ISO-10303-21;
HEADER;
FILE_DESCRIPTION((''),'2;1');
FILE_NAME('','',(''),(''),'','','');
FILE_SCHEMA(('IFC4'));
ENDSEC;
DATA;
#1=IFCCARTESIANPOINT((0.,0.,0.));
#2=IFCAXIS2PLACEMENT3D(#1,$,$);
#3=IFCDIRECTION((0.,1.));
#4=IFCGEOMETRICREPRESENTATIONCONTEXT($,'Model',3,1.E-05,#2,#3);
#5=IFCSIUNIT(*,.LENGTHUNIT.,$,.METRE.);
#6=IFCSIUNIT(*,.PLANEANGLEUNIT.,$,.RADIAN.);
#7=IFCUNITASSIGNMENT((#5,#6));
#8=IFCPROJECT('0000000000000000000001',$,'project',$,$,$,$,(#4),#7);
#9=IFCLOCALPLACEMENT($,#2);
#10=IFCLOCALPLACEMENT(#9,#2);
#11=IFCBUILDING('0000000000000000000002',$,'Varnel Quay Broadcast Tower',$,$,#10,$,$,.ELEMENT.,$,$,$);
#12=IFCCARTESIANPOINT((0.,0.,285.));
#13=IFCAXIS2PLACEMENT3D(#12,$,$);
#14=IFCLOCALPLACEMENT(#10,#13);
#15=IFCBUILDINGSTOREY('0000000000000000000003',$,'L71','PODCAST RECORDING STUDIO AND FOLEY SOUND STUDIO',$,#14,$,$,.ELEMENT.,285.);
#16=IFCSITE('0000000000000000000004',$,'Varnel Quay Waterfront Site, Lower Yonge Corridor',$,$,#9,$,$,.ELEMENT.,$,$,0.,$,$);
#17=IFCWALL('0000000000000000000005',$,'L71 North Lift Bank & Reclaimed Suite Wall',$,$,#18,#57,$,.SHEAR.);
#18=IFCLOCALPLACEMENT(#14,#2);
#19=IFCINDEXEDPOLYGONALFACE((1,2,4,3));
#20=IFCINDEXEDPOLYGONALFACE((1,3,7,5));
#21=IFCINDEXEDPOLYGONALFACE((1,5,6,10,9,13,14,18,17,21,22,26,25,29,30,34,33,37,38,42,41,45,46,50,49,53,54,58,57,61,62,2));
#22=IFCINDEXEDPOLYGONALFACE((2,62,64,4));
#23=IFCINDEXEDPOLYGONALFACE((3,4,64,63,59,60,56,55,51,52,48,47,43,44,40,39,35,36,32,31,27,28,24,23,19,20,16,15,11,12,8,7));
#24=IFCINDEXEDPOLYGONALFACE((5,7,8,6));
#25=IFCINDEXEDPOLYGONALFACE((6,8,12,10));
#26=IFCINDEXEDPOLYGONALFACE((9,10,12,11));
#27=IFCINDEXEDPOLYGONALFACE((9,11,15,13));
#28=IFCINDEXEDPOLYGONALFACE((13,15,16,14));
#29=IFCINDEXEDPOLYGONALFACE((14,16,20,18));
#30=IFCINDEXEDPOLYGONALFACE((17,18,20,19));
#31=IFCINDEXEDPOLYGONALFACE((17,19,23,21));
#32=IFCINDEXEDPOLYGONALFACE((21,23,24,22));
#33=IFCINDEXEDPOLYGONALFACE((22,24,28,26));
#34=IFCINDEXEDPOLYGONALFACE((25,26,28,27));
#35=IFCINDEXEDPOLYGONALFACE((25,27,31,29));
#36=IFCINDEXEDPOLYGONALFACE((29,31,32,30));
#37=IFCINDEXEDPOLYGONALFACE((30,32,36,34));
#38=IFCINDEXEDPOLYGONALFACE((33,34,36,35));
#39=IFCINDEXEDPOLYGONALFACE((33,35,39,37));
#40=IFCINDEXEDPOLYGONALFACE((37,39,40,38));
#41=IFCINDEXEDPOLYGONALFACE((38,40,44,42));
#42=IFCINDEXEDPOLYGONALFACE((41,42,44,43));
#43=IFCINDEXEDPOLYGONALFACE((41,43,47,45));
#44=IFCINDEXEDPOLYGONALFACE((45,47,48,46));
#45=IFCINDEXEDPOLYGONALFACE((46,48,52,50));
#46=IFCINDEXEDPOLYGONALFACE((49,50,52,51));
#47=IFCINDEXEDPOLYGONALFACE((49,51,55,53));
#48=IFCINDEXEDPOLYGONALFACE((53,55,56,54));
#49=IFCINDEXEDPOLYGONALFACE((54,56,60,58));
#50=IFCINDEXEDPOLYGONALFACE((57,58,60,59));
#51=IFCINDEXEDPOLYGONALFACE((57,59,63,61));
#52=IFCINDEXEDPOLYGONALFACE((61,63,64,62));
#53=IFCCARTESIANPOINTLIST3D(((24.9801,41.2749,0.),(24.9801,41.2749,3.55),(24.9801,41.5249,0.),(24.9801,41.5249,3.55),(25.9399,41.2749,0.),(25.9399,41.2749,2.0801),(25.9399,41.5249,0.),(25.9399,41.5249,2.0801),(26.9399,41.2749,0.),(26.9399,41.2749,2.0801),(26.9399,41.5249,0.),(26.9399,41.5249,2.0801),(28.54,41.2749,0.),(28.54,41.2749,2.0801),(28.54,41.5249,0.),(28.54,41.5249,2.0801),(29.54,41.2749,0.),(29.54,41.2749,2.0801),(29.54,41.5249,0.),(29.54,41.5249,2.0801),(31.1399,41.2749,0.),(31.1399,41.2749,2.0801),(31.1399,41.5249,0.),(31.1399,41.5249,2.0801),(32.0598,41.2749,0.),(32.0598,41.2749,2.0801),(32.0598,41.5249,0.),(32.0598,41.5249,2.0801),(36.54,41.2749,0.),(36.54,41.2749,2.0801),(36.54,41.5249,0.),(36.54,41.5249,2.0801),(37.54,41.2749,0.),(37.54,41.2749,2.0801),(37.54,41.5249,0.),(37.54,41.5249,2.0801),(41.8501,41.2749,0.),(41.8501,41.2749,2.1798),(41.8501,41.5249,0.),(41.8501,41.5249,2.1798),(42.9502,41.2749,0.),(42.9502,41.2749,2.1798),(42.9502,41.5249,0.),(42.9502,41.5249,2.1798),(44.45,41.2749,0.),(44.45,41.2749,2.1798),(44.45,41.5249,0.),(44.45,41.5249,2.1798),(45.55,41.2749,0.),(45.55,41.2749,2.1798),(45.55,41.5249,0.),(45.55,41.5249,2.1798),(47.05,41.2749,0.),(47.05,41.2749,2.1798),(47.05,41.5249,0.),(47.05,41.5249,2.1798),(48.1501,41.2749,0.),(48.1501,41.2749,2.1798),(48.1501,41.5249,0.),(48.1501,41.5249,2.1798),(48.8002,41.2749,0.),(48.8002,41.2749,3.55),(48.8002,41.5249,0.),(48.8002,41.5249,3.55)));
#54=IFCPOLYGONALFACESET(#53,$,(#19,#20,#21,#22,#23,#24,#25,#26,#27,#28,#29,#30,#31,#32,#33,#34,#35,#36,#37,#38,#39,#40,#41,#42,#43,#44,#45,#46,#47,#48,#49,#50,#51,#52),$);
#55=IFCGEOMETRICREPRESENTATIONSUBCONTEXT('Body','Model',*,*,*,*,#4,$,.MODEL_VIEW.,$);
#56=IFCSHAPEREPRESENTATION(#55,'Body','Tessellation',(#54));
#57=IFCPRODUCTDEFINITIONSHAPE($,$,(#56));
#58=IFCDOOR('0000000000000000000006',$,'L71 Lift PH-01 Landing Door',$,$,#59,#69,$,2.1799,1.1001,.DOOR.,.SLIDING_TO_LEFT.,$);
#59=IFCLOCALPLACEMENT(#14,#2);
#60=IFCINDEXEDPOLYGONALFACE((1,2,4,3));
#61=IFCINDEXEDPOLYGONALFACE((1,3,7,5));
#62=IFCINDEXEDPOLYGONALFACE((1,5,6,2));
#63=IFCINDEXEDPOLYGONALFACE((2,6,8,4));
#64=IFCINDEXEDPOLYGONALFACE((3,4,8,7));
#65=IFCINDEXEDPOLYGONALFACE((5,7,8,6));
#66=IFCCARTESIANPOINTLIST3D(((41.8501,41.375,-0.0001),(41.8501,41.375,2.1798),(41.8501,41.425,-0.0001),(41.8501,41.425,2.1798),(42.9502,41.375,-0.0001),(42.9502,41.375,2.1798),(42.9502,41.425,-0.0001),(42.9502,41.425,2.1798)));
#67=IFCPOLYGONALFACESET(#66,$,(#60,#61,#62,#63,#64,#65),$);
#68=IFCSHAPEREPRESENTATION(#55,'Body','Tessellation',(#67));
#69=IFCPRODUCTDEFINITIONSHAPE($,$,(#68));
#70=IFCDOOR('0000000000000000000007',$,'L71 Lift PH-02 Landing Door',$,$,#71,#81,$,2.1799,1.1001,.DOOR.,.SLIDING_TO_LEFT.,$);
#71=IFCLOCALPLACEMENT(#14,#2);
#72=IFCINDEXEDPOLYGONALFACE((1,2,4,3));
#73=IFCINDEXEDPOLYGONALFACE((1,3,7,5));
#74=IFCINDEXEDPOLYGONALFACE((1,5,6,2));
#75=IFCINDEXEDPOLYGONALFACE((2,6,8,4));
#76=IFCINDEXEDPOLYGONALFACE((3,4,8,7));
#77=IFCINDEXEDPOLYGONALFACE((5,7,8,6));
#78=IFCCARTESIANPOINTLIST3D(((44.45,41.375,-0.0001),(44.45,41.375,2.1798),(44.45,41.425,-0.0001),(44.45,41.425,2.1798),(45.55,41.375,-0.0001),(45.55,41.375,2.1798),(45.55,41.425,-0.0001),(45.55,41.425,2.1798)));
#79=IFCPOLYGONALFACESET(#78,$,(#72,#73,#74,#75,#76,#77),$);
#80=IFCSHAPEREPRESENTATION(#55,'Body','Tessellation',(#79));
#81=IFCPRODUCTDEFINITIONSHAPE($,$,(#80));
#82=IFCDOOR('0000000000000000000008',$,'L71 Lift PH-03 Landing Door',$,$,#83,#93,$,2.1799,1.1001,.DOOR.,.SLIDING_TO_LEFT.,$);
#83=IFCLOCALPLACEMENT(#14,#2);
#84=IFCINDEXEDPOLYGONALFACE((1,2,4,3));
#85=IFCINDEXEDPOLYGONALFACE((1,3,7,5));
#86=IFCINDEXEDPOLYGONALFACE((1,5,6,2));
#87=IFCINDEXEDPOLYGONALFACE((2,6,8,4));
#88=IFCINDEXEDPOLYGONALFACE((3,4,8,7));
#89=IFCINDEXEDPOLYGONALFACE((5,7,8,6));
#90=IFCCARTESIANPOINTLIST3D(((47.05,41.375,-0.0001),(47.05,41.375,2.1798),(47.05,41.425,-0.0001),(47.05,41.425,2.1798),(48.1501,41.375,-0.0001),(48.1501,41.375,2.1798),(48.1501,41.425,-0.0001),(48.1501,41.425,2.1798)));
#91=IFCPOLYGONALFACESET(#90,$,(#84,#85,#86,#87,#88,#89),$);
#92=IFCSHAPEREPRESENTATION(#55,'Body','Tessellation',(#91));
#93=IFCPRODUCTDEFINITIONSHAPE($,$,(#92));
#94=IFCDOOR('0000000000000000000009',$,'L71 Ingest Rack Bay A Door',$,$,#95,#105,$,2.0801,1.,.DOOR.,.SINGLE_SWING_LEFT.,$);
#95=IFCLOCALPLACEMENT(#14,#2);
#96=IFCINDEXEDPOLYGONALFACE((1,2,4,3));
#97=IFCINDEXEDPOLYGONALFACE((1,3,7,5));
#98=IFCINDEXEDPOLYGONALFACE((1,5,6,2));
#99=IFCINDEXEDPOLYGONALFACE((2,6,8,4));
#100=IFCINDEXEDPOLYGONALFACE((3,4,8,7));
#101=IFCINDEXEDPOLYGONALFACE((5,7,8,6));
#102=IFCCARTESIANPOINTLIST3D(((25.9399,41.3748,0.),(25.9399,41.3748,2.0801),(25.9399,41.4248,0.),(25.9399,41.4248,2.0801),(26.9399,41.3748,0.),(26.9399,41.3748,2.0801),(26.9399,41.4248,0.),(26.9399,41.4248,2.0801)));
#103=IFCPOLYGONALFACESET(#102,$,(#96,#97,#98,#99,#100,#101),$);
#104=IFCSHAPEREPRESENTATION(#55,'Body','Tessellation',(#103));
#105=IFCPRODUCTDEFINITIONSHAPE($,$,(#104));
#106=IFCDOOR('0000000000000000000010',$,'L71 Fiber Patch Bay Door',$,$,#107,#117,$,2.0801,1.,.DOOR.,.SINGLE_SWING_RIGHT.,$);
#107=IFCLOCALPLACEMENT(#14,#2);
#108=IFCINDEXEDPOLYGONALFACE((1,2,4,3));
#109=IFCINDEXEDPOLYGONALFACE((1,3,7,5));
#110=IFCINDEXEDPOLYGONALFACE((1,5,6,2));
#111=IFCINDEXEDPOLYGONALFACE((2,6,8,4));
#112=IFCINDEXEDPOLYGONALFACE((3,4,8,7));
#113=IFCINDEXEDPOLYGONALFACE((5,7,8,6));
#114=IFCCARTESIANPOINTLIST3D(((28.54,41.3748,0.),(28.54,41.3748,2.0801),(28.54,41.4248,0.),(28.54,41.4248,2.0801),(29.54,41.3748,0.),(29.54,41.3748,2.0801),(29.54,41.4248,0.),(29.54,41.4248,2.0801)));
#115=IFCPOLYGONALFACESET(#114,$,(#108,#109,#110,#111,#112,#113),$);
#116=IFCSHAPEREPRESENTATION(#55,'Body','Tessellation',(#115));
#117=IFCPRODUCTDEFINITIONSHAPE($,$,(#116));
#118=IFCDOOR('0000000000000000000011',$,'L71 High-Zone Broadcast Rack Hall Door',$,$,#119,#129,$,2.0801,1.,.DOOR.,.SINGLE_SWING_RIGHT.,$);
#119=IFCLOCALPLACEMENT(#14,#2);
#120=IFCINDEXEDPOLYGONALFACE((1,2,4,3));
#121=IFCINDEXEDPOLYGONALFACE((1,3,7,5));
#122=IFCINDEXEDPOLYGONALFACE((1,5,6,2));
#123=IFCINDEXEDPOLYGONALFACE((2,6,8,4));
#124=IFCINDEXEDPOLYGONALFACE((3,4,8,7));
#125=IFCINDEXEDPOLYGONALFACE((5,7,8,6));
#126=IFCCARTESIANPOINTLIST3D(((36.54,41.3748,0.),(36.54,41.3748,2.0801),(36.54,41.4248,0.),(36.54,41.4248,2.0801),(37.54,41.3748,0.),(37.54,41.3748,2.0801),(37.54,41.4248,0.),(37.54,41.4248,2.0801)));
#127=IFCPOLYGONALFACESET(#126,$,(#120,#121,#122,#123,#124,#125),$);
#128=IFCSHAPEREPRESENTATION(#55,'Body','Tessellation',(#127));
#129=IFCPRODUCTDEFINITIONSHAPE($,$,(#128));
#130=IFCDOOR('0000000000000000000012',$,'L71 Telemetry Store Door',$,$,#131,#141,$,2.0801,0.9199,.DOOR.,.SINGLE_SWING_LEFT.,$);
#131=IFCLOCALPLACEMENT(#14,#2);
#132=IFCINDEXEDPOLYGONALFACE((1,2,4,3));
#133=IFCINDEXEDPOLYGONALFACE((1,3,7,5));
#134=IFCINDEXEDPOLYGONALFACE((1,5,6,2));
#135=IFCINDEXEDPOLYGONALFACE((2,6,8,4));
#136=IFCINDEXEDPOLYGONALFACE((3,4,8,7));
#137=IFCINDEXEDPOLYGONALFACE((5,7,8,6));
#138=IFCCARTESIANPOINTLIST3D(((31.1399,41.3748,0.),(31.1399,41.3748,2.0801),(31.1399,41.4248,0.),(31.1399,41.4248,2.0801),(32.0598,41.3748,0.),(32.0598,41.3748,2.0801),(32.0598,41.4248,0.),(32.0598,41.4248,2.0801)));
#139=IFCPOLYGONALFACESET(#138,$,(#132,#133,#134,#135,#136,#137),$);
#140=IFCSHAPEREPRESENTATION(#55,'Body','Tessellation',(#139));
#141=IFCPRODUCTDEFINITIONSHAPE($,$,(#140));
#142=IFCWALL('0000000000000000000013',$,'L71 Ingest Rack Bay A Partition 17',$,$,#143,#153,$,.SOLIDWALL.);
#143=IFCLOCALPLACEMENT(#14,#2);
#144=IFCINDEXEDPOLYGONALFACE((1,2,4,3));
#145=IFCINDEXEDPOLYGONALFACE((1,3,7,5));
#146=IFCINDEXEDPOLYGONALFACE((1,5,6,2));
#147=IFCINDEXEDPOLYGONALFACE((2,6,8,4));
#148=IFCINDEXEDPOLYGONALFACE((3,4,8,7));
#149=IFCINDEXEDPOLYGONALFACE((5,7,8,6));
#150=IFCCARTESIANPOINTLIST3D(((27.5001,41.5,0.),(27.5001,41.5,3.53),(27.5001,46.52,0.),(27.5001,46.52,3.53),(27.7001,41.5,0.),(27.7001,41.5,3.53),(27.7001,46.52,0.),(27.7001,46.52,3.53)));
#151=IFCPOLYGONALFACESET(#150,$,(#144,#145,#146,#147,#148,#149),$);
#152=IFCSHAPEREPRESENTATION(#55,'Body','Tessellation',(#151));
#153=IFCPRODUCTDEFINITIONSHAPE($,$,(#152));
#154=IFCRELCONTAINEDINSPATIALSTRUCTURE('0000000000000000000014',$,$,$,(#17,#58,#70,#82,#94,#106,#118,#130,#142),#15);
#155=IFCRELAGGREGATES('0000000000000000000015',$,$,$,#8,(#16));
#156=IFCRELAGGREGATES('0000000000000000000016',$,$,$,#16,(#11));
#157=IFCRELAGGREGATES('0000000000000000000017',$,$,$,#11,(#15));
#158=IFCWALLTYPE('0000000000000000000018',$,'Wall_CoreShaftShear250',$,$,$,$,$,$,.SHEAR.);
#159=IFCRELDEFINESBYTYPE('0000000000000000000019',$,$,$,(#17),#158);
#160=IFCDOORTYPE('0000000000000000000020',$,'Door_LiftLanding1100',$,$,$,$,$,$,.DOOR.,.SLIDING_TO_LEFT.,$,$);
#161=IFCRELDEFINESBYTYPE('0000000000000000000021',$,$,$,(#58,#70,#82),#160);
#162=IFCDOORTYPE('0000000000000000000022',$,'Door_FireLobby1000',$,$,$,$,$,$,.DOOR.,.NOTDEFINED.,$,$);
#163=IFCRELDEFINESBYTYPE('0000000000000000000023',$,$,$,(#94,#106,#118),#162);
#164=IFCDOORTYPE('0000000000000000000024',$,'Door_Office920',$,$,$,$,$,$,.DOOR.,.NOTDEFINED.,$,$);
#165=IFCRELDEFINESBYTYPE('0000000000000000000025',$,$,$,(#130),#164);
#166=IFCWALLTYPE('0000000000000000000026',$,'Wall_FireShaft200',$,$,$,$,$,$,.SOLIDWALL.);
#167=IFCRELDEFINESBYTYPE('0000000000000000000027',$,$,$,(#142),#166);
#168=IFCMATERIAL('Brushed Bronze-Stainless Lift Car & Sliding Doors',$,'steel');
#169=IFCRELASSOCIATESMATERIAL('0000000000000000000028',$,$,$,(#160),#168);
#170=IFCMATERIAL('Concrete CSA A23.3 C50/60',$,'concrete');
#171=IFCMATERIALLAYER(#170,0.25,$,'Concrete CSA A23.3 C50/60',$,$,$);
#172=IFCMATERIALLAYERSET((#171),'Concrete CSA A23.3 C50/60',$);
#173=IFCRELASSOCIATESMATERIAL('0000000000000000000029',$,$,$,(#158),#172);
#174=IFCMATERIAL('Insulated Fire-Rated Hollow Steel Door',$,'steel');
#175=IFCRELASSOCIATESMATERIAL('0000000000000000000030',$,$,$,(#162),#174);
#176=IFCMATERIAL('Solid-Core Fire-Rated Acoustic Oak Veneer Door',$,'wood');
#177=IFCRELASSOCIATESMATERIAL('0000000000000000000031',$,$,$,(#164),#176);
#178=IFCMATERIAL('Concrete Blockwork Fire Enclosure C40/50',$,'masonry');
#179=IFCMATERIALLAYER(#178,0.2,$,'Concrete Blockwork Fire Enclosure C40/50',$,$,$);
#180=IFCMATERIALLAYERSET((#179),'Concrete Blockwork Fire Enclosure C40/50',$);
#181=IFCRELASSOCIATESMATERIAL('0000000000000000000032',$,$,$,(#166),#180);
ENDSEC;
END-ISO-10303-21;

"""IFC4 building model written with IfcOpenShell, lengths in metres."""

from ifc_helpers import new_model, si_unit, direction, frame, frame_2d, origin, place, context, subcontext, project, spatial, rectangle, extrude, source, transform, mapped, material, layer, layer_set, type_object, type_shapes, element, fill, save


model = new_model("IFC4")

# Units and contexts
model_context = context("Model", 3, precision=1e-05, world=origin(), true_north=direction((0.0, 1.0)))
body_context = subcontext(model_context, "Body", "Model", "MODEL_VIEW")
ifc_project = project(units=[si_unit("LENGTHUNIT", "METRE"), si_unit("PLANEANGLEUNIT", "RADIAN")], contexts=[model_context])

# Site, building, storey
site_placement = place(None, origin())
site = spatial("IfcSite", under=ifc_project, at=site_placement, Name="Varnel Quay Waterfront Site, Lower Yonge Corridor", CompositionType="ELEMENT", RefElevation=0.0)
building_placement = place(site_placement, origin())
building = spatial("IfcBuilding", under=site, at=building_placement, Name="Varnel Quay Broadcast Tower", CompositionType="ELEMENT")
storey_placement = place(building_placement, frame((0.0, 0.0, 285.0)))
storey = spatial("IfcBuildingStorey", under=building, at=storey_placement, Name="L71", Description="PODCAST RECORDING STUDIO AND FOLEY SOUND STUDIO", CompositionType="ELEMENT", Elevation=285.0)

# Shared definitions
ifc_material_1 = material(Name="Concrete CSA A23.3 C50/60", Category="concrete")
ifc_material_2 = material(Name="Brushed Bronze-Stainless Lift Car & Sliding Doors", Category="steel")
door_type_1 = type_object("IfcDoorType", Name="Door_LiftLanding1100", OperationType="SLIDING_TO_LEFT", PredefinedType="DOOR", material=ifc_material_2)
shared_shape_1 = source(origin(), body_context, "Body", "SweptSolid", [
    extrude(rectangle(XDim=1.1001, YDim=2.1799, at=frame_2d((0.55, 1.0898))), frame((0.0, 0.0249, 0.0), z_axis=(0.0, -1.0, 0.0), x_axis=(1.0, 0.0, 0.0)), (0.0, 0.0, 1.0), 0.05),
])
type_shapes(door_type_1, [shared_shape_1])

# Wall, openings, doors
ifc_layer_1 = layer(ifc_material_1, 0.25, Name="Concrete CSA A23.3 C50/60")
ifc_layer_set_1 = layer_set([ifc_layer_1], Name="Concrete CSA A23.3 C50/60")
wall_type_1 = type_object("IfcWallType", Name="Wall_CoreShaftShear250", PredefinedType="SHEAR", material=ifc_layer_set_1)
wall_1_placement = place(storey_placement, frame((24.98, 41.3999, 0.0), z_axis=(0.0, 0.0, 1.0), x_axis=(1.0, 0.0, 0.0)))
wall_1 = element("IfcWall", 1, at=wall_1_placement, inside=storey, type_object=wall_type_1, Name="L71 North Lift Bank & Reclaimed Suite Wall", PredefinedType="SHEAR", context=body_context, shape_type="SweptSolid", body=[
    extrude(rectangle(XDim=23.8201, YDim=0.25, at=frame_2d((11.9102, 0.0))), origin(), (0.0, 0.0, 1.0), 3.55),
])
opening_1_placement = place(wall_1_placement, frame((16.8701, 0.0, 0.0)))
opening_1 = element("IfcOpeningElement", 2, at=opening_1_placement, cuts=wall_1, PredefinedType="OPENING", context=body_context, shape_type="SweptSolid", body=[
    extrude(rectangle(XDim=1.1001, YDim=2.1799, at=frame_2d((0.55, 1.0898))), frame((0.0, 0.135, 0.0), z_axis=(0.0, -1.0, 0.0), x_axis=(1.0, 0.0, 0.0)), (0.0, 0.0, 1.0), 0.27),
])
opening_2_placement = place(wall_1_placement, frame((19.47, 0.0, 0.0)))
opening_2 = element("IfcOpeningElement", 3, at=opening_2_placement, cuts=wall_1, PredefinedType="OPENING", context=body_context, shape_type="SweptSolid", body=[
    extrude(rectangle(XDim=1.1001, YDim=2.1799, at=frame_2d((0.55, 1.0898))), frame((0.0, 0.135, 0.0), z_axis=(0.0, -1.0, 0.0), x_axis=(1.0, 0.0, 0.0)), (0.0, 0.0, 1.0), 0.27),
])
opening_3_placement = place(wall_1_placement, frame((22.0701, 0.0, 0.0)))
opening_3 = element("IfcOpeningElement", 4, at=opening_3_placement, cuts=wall_1, PredefinedType="OPENING", context=body_context, shape_type="SweptSolid", body=[
    extrude(rectangle(XDim=1.1001, YDim=2.1799, at=frame_2d((0.55, 1.0898))), frame((0.0, 0.135, 0.0), z_axis=(0.0, -1.0, 0.0), x_axis=(1.0, 0.0, 0.0)), (0.0, 0.0, 1.0), 0.27),
])
opening_4_placement = place(wall_1_placement, frame((0.96, 0.0, 0.0)))
opening_4 = element("IfcOpeningElement", 5, at=opening_4_placement, cuts=wall_1, PredefinedType="OPENING", context=body_context, shape_type="SweptSolid", body=[
    extrude(rectangle(XDim=1.0, YDim=2.0801, at=frame_2d((0.5, 1.04))), frame((0.0, 0.135, 0.0), z_axis=(0.0, -1.0, 0.0), x_axis=(1.0, 0.0, 0.0)), (0.0, 0.0, 1.0), 0.27),
])
opening_5_placement = place(wall_1_placement, frame((3.5601, 0.0, 0.0)))
opening_5 = element("IfcOpeningElement", 6, at=opening_5_placement, cuts=wall_1, PredefinedType="OPENING", context=body_context, shape_type="SweptSolid", body=[
    extrude(rectangle(XDim=1.0, YDim=2.0801, at=frame_2d((0.5, 1.04))), frame((0.0, 0.135, 0.0), z_axis=(0.0, -1.0, 0.0), x_axis=(1.0, 0.0, 0.0)), (0.0, 0.0, 1.0), 0.27),
])
opening_6_placement = place(wall_1_placement, frame((6.1599, 0.0, 0.0)))
opening_6 = element("IfcOpeningElement", 7, at=opening_6_placement, cuts=wall_1, PredefinedType="OPENING", context=body_context, shape_type="SweptSolid", body=[
    extrude(rectangle(XDim=0.9199, YDim=2.0801, at=frame_2d((0.46, 1.04))), frame((0.0, 0.135, 0.0), z_axis=(0.0, -1.0, 0.0), x_axis=(1.0, 0.0, 0.0)), (0.0, 0.0, 1.0), 0.27),
])
opening_7_placement = place(wall_1_placement, frame((11.5601, 0.0, 0.0)))
opening_7 = element("IfcOpeningElement", 8, at=opening_7_placement, cuts=wall_1, PredefinedType="OPENING", context=body_context, shape_type="SweptSolid", body=[
    extrude(rectangle(XDim=1.0, YDim=2.0801, at=frame_2d((0.5, 1.04))), frame((0.0, 0.135, 0.0), z_axis=(0.0, -1.0, 0.0), x_axis=(1.0, 0.0, 0.0)), (0.0, 0.0, 1.0), 0.27),
])
door_1_placement = place(opening_1_placement, frame((1.1001, 0.0, 0.0), z_axis=(0.0, 0.0, 1.0), x_axis=(-1.0, 0.0, 0.0)))
door_1 = element("IfcDoor", 9, at=door_1_placement, inside=storey, type_object=door_type_1, Name="L71 Lift PH-01 Landing Door", OperationType="SLIDING_TO_LEFT", OverallHeight=2.1799, OverallWidth=1.1001, PredefinedType="DOOR", context=body_context, shape_type="MappedRepresentation", body=[
    mapped(shared_shape_1, transform((0.0, 0.0, 0.0), x_axis=(1.0, 0.0, 0.0), y_axis=(0.0, 1.0, 0.0), z_axis=(0.0, 0.0, 1.0), scale=1.0)),
])
fill(opening_1, door_1)
door_2_placement = place(opening_2_placement, frame((1.1001, 0.0, 0.0), z_axis=(0.0, 0.0, 1.0), x_axis=(-1.0, 0.0, 0.0)))
door_2 = element("IfcDoor", 10, at=door_2_placement, inside=storey, type_object=door_type_1, Name="L71 Lift PH-02 Landing Door", OperationType="SLIDING_TO_LEFT", OverallHeight=2.1799, OverallWidth=1.1001, PredefinedType="DOOR", context=body_context, shape_type="MappedRepresentation", body=[
    mapped(shared_shape_1, transform((0.0, 0.0, 0.0), x_axis=(1.0, 0.0, 0.0), y_axis=(0.0, 1.0, 0.0), z_axis=(0.0, 0.0, 1.0), scale=1.0)),
])
fill(opening_2, door_2)
door_3_placement = place(opening_3_placement, frame((1.1001, 0.0, 0.0), z_axis=(0.0, 0.0, 1.0), x_axis=(-1.0, 0.0, 0.0)))
door_3 = element("IfcDoor", 11, at=door_3_placement, inside=storey, type_object=door_type_1, Name="L71 Lift PH-03 Landing Door", OperationType="SLIDING_TO_LEFT", OverallHeight=2.1799, OverallWidth=1.1001, PredefinedType="DOOR", context=body_context, shape_type="MappedRepresentation", body=[
    mapped(shared_shape_1, transform((0.0, 0.0, 0.0), x_axis=(1.0, 0.0, 0.0), y_axis=(0.0, 1.0, 0.0), z_axis=(0.0, 0.0, 1.0), scale=1.0)),
])
fill(opening_3, door_3)
ifc_material_3 = material(Name="Insulated Fire-Rated Hollow Steel Door", Category="steel")
door_type_2 = type_object("IfcDoorType", Name="Door_FireLobby1000", OperationType="NOTDEFINED", PredefinedType="DOOR", material=ifc_material_3)
shared_shape_2 = source(origin(), body_context, "Body", "SweptSolid", [
    extrude(rectangle(XDim=1.0, YDim=2.0801, at=frame_2d((0.5, 1.04))), frame((0.0, 0.0249, 0.0), z_axis=(0.0, -1.0, 0.0), x_axis=(1.0, 0.0, 0.0)), (0.0, 0.0, 1.0), 0.05),
])
type_shapes(door_type_2, [shared_shape_2])
door_4_placement = place(opening_4_placement, origin())
door_4 = element("IfcDoor", 12, at=door_4_placement, inside=storey, type_object=door_type_2, Name="L71 Ingest Rack Bay A Door", OperationType="SINGLE_SWING_LEFT", OverallHeight=2.0801, OverallWidth=1.0, PredefinedType="DOOR", context=body_context, shape_type="MappedRepresentation", body=[
    mapped(shared_shape_2, transform((0.0, 0.0, 0.0), x_axis=(1.0, 0.0, 0.0), y_axis=(0.0, 1.0, 0.0), z_axis=(0.0, 0.0, 1.0), scale=1.0)),
])
fill(opening_4, door_4)
door_5_placement = place(opening_5_placement, origin())
door_5 = element("IfcDoor", 13, at=door_5_placement, inside=storey, type_object=door_type_2, Name="L71 Fiber Patch Bay Door", OperationType="SINGLE_SWING_RIGHT", OverallHeight=2.0801, OverallWidth=1.0, PredefinedType="DOOR", context=body_context, shape_type="MappedRepresentation", body=[
    mapped(shared_shape_2, transform((0.0, 0.0, 0.0), x_axis=(1.0, 0.0, 0.0), y_axis=(0.0, 1.0, 0.0), z_axis=(0.0, 0.0, 1.0), scale=1.0)),
])
fill(opening_5, door_5)
door_6_placement = place(opening_7_placement, origin())
door_6 = element("IfcDoor", 14, at=door_6_placement, inside=storey, type_object=door_type_2, Name="L71 High-Zone Broadcast Rack Hall Door", OperationType="SINGLE_SWING_RIGHT", OverallHeight=2.0801, OverallWidth=1.0, PredefinedType="DOOR", context=body_context, shape_type="MappedRepresentation", body=[
    mapped(shared_shape_2, transform((0.0, 0.0, 0.0), x_axis=(1.0, 0.0, 0.0), y_axis=(0.0, 1.0, 0.0), z_axis=(0.0, 0.0, 1.0), scale=1.0)),
])
fill(opening_7, door_6)
ifc_material_4 = material(Name="Solid-Core Fire-Rated Acoustic Oak Veneer Door", Category="wood")
door_type_3 = type_object("IfcDoorType", Name="Door_Office920", OperationType="NOTDEFINED", PredefinedType="DOOR", material=ifc_material_4)
shared_shape_3 = source(origin(), body_context, "Body", "SweptSolid", [
    extrude(rectangle(XDim=0.9199, YDim=2.0801, at=frame_2d((0.46, 1.04))), frame((0.0, 0.0249, 0.0), z_axis=(0.0, -1.0, 0.0), x_axis=(1.0, 0.0, 0.0)), (0.0, 0.0, 1.0), 0.05),
])
type_shapes(door_type_3, [shared_shape_3])
door_7_placement = place(opening_6_placement, origin())
door_7 = element("IfcDoor", 15, at=door_7_placement, inside=storey, type_object=door_type_3, Name="L71 Telemetry Store Door", OperationType="SINGLE_SWING_LEFT", OverallHeight=2.0801, OverallWidth=0.9199, PredefinedType="DOOR", context=body_context, shape_type="MappedRepresentation", body=[
    mapped(shared_shape_3, transform((0.0, 0.0, 0.0), x_axis=(1.0, 0.0, 0.0), y_axis=(0.0, 1.0, 0.0), z_axis=(0.0, 0.0, 1.0), scale=1.0)),
])
fill(opening_6, door_7)

# Wall
ifc_material_5 = material(Name="Concrete Blockwork Fire Enclosure C40/50", Category="masonry")
ifc_layer_2 = layer(ifc_material_5, 0.2, Name="Concrete Blockwork Fire Enclosure C40/50")
ifc_layer_set_2 = layer_set([ifc_layer_2], Name="Concrete Blockwork Fire Enclosure C40/50")
wall_type_2 = type_object("IfcWallType", Name="Wall_FireShaft200", PredefinedType="SOLIDWALL", material=ifc_layer_set_2)
wall_2_placement = place(storey_placement, frame((27.6001, 41.5, 0.0), z_axis=(0.0, 0.0, 1.0), x_axis=(0.0, 1.0, 0.0)))
element("IfcWall", 16, at=wall_2_placement, inside=storey, type_object=wall_type_2, Name="L71 Ingest Rack Bay A Partition 17", PredefinedType="SOLIDWALL", context=body_context, shape_type="SweptSolid", body=[
    extrude(rectangle(XDim=5.02, YDim=0.2, at=frame_2d((2.51, 0.0))), origin(), (0.0, 0.0, 1.0), 3.53),
])

save(model, "model.ifc")
